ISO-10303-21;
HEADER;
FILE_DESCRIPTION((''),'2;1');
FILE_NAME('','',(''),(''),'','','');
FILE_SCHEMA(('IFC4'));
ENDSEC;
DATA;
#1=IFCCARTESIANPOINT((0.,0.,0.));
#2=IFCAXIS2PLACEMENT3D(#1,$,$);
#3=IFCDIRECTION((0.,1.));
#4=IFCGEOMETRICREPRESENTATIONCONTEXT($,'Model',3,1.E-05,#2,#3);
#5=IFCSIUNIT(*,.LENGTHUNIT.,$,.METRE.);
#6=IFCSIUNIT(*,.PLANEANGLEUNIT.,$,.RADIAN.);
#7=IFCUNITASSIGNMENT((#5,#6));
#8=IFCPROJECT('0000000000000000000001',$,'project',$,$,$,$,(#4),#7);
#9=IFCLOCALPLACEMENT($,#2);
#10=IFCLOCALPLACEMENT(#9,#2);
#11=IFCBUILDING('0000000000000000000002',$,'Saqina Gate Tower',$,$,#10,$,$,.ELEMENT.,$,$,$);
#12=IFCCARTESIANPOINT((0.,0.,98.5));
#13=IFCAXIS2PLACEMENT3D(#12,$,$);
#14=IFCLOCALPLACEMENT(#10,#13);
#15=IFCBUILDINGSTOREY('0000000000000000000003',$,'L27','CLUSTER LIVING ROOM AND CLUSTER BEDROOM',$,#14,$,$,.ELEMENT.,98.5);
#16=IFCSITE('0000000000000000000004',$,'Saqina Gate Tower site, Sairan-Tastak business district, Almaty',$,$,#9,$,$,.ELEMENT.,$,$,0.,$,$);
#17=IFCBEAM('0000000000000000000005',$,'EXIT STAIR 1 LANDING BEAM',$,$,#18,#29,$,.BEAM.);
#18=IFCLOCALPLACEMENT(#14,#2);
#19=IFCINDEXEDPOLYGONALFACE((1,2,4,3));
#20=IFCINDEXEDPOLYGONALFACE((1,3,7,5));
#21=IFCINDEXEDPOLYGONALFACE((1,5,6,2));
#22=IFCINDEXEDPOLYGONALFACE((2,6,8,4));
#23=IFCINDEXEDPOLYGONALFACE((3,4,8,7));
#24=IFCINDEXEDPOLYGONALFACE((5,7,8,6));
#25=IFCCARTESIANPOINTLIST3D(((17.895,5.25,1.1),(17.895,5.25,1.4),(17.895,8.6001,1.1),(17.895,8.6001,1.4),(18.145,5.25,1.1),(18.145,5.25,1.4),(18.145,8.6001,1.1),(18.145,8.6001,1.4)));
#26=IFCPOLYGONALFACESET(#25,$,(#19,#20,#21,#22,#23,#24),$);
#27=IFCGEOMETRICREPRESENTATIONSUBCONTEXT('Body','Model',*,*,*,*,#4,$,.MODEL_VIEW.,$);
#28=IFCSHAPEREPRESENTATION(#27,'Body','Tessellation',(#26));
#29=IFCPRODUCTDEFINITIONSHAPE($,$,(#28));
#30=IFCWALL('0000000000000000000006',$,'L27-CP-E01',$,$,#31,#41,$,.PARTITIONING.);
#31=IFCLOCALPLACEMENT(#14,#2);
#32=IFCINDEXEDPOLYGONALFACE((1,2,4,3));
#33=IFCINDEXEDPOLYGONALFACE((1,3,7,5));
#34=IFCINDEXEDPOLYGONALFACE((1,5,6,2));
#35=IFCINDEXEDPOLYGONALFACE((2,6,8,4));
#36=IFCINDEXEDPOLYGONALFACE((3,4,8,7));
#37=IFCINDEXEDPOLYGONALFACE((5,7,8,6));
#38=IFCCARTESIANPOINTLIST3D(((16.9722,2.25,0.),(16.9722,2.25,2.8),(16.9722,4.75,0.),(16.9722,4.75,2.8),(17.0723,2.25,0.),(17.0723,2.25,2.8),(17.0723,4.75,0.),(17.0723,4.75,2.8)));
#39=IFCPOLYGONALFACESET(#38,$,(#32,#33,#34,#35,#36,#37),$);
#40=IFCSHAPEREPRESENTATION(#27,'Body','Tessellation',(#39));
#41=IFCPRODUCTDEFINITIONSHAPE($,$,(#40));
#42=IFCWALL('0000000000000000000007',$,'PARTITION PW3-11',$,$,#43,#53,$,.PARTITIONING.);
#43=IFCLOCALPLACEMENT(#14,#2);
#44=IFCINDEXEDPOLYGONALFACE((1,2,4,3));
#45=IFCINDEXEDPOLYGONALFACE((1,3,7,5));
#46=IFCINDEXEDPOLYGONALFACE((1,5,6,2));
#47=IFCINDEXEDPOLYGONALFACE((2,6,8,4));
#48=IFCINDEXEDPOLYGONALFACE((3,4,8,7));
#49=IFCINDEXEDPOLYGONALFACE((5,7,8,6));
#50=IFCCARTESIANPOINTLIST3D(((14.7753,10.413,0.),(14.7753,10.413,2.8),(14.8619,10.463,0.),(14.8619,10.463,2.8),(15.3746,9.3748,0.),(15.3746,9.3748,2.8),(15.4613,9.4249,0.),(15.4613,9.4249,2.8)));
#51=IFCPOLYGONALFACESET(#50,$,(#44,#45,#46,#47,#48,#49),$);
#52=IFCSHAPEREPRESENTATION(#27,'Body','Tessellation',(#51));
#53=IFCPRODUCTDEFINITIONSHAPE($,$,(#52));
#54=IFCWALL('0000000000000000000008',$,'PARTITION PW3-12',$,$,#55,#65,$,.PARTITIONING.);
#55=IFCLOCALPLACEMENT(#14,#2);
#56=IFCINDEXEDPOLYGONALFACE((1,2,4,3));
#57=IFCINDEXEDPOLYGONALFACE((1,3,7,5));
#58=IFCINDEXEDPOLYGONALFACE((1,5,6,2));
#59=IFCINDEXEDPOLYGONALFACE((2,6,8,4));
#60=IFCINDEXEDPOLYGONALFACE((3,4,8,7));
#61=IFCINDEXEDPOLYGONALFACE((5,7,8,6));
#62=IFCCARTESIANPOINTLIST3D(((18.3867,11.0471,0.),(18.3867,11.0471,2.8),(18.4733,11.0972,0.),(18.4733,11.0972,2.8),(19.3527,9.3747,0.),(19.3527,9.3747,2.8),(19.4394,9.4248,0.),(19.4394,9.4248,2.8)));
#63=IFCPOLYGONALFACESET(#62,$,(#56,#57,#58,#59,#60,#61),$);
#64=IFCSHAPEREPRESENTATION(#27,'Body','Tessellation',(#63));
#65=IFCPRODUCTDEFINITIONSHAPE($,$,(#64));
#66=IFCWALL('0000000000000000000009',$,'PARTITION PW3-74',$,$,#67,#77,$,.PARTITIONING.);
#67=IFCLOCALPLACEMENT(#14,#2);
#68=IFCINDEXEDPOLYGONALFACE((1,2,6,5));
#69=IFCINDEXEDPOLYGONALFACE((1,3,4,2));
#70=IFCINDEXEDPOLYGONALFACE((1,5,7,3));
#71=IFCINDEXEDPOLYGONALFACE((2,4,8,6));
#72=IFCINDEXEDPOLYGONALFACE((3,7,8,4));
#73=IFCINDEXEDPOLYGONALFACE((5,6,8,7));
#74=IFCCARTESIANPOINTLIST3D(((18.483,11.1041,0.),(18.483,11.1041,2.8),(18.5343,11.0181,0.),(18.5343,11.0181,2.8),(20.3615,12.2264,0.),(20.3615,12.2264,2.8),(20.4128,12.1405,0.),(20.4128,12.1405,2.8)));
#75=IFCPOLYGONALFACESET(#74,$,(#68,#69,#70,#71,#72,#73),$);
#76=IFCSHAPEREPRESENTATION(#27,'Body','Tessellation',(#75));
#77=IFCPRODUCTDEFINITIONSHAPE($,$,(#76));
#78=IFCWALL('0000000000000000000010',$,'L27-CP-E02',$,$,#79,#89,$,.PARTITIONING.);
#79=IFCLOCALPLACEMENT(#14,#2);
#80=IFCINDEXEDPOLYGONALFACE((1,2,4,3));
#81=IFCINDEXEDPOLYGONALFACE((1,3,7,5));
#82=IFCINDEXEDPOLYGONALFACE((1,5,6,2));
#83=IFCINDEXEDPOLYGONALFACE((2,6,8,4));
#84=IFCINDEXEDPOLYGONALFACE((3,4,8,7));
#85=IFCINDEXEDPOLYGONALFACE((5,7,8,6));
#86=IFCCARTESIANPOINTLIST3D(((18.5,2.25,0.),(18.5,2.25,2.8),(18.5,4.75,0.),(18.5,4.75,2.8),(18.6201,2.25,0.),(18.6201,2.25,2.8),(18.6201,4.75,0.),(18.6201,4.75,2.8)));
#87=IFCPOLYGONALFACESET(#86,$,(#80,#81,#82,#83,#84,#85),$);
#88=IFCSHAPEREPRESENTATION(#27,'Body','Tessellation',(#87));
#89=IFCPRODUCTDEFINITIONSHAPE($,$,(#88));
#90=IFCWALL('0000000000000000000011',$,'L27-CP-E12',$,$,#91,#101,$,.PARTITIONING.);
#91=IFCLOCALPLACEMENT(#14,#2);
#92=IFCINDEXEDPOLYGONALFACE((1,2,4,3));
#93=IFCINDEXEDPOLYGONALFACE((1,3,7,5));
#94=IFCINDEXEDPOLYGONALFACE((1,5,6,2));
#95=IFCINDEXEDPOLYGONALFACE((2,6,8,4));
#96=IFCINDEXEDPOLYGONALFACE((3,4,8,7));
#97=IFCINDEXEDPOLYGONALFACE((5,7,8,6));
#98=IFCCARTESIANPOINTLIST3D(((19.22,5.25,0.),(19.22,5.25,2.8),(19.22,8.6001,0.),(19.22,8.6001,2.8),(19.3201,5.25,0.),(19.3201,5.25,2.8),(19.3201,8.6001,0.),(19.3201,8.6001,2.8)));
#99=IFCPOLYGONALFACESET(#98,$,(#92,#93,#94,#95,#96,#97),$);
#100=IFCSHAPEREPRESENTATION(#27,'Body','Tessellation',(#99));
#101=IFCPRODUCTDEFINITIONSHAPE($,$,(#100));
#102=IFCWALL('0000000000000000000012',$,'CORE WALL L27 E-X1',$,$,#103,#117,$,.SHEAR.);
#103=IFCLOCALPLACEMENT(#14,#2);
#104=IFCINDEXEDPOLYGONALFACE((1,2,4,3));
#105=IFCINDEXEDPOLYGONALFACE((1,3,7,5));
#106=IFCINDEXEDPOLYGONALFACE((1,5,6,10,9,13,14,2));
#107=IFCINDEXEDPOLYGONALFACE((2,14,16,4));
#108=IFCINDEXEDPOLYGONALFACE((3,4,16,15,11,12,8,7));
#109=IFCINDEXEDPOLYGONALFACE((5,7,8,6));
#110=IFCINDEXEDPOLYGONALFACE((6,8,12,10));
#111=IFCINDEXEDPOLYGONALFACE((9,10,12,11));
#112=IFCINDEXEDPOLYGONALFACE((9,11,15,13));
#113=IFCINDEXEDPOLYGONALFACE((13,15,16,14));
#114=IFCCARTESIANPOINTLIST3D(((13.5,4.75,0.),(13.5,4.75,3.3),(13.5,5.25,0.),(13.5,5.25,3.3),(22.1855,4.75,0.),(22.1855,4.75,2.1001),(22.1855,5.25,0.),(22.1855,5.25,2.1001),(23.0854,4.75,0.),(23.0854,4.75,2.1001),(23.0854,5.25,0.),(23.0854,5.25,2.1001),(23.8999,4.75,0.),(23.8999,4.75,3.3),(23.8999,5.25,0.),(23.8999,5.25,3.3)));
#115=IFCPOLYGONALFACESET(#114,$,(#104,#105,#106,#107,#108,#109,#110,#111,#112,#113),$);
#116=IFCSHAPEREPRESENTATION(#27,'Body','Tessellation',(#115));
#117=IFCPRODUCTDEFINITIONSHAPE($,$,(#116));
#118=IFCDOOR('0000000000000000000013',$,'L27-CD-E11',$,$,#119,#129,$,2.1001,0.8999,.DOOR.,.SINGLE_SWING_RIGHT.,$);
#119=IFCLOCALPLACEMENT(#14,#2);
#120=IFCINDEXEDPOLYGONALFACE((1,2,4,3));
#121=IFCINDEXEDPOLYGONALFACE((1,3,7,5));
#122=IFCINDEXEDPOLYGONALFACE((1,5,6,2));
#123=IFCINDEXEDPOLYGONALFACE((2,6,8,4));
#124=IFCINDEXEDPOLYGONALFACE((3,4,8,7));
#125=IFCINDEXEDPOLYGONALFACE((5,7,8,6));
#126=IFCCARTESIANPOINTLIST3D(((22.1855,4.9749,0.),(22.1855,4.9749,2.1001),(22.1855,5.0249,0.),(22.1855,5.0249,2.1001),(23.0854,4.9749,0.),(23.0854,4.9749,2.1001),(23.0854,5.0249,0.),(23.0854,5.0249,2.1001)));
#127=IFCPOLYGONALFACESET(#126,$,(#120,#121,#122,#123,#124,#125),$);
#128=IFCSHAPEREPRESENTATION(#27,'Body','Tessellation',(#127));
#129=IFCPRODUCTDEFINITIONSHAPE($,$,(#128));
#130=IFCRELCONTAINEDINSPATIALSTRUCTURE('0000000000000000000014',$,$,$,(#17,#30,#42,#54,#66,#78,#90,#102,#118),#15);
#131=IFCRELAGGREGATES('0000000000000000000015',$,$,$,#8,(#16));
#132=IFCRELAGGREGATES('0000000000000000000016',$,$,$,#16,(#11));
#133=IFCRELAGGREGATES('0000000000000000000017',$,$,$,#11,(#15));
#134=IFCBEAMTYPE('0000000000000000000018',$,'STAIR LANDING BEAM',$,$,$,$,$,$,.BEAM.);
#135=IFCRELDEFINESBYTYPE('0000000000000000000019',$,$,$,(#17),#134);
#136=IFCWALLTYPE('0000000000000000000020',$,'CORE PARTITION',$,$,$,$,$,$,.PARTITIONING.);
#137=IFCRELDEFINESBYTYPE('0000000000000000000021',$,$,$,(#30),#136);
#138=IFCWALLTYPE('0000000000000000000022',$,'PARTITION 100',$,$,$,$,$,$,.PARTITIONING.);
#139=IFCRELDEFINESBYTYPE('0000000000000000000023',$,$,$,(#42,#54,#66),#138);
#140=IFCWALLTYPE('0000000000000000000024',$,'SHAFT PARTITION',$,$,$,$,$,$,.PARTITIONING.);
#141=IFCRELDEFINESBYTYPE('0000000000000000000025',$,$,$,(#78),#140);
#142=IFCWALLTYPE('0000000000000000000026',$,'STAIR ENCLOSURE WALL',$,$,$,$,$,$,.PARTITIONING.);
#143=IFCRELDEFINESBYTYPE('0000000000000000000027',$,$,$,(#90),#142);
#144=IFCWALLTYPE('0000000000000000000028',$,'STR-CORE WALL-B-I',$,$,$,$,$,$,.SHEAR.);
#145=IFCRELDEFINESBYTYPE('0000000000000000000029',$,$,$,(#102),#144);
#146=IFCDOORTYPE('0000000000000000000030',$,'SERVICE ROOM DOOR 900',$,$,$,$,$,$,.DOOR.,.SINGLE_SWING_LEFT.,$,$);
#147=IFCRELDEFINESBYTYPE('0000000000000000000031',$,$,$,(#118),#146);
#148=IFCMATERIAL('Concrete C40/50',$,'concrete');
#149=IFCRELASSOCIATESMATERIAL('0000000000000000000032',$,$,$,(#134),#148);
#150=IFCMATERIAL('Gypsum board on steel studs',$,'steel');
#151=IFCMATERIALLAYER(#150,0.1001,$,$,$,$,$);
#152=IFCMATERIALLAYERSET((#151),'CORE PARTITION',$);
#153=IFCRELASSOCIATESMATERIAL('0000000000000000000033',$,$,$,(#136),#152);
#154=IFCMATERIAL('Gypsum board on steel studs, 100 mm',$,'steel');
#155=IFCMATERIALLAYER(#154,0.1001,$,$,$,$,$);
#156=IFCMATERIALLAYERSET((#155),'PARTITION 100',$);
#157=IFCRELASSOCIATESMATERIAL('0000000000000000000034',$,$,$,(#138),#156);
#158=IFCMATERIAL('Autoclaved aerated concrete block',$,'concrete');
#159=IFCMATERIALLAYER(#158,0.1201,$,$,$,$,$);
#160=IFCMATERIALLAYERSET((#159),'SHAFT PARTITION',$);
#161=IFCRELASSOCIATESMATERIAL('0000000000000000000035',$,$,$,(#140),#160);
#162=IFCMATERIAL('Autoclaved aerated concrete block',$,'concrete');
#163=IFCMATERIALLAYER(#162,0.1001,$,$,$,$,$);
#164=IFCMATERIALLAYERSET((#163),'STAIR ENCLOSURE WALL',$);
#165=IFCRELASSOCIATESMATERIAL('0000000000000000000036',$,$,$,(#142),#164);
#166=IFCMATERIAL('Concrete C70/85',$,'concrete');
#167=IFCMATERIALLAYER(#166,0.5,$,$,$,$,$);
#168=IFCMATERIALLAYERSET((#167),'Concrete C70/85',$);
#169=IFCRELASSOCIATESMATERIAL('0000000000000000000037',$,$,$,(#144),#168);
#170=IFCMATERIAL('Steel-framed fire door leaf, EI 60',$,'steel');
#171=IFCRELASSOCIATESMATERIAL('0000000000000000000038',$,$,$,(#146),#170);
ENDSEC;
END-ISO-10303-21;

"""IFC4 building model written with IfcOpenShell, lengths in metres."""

from ifc_helpers import new_model, si_unit, direction, frame, frame_2d, origin, origin_2d, place, context, subcontext, project, spatial, rectangle, extrude, material, layer, layer_set, material_profile, profile_set, type_object, element, fill, save


model = new_model("IFC4")

# Units and contexts
model_context = context("Model", 3, precision=1e-05, world=origin(), true_north=direction((0.0, 1.0)))
body_context = subcontext(model_context, "Body", "Model", "MODEL_VIEW")
ifc_project = project(units=[si_unit("LENGTHUNIT", "METRE"), si_unit("PLANEANGLEUNIT", "RADIAN")], contexts=[model_context])

# Site, building, storey
site_placement = place(None, origin())
site = spatial("IfcSite", under=ifc_project, at=site_placement, Name="Saqina Gate Tower site, Sairan-Tastak business district, Almaty", CompositionType="ELEMENT", RefElevation=0.0)
building_placement = place(site_placement, origin())
building = spatial("IfcBuilding", under=site, at=building_placement, Name="Saqina Gate Tower", CompositionType="ELEMENT")
storey_placement = place(building_placement, frame((0.0, 0.0, 98.5)))
storey = spatial("IfcBuildingStorey", under=building, at=storey_placement, Name="L27", Description="CLUSTER LIVING ROOM AND CLUSTER BEDROOM", CompositionType="ELEMENT", Elevation=98.5)

# Beam
ifc_material_1 = material(Name="Concrete C40/50", Category="concrete")
ifc_material_profile = material_profile(ifc_material_1, rectangle(XDim=0.25, YDim=0.3, at=origin_2d()), Name="STAIR LANDING BEAM")
ifc_profile_set = profile_set([ifc_material_profile], Name="Concrete C40/50")
beam_type = type_object("IfcBeamType", Name="STAIR LANDING BEAM", PredefinedType="BEAM", material=ifc_profile_set)
beam_placement = place(storey_placement, frame((18.02, 5.25, 1.25), z_axis=(0.0, 1.0, 0.0), x_axis=(-1.0, 0.0, 0.0)))
element("IfcBeam", 1, at=beam_placement, inside=storey, type_object=beam_type, Name="EXIT STAIR 1 LANDING BEAM", PredefinedType="BEAM", context=body_context, shape_type="SweptSolid", body=[
    extrude(rectangle(XDim=0.25, YDim=0.3, at=origin_2d()), origin(), (0.0, 0.0, 1.0), 3.3501),
])

# Walls
ifc_material_2 = material(Name="Gypsum board on steel studs", Category="steel")
ifc_layer_1 = layer(ifc_material_2, 0.1001)
ifc_layer_set_1 = layer_set([ifc_layer_1], Name="CORE PARTITION")
wall_type_1 = type_object("IfcWallType", Name="CORE PARTITION", PredefinedType="PARTITIONING", material=ifc_layer_set_1)
wall_1_placement = place(storey_placement, frame((17.0222, 2.25, 0.0), z_axis=(0.0, 0.0, 1.0), x_axis=(0.0, 1.0, 0.0)))
element("IfcWall", 2, at=wall_1_placement, inside=storey, type_object=wall_type_1, Name="L27-CP-E01", PredefinedType="PARTITIONING", context=body_context, shape_type="SweptSolid", body=[
    extrude(rectangle(XDim=2.5, YDim=0.1001, at=frame_2d((1.25, 0.0))), origin(), (0.0, 0.0, 1.0), 2.8),
])
ifc_material_3 = material(Name="Gypsum board on steel studs, 100 mm", Category="steel")
ifc_layer_2 = layer(ifc_material_3, 0.1001)
ifc_layer_set_2 = layer_set([ifc_layer_2], Name="PARTITION 100")
wall_type_2 = type_object("IfcWallType", Name="PARTITION 100", PredefinedType="PARTITIONING", material=ifc_layer_set_2)
wall_2_placement = place(storey_placement, frame((14.8186, 10.438, 0.0), z_axis=(0.0, 0.0, 1.0), x_axis=(0.500016, -0.866016, 0.0)))
element("IfcWall", 3, at=wall_2_placement, inside=storey, type_object=wall_type_2, Name="PARTITION PW3-11", PredefinedType="PARTITIONING", context=body_context, shape_type="SweptSolid", body=[
    extrude(rectangle(XDim=1.1987, YDim=0.1001, at=frame_2d((0.5994, 0.0))), origin(), (0.0, 0.0, 1.0), 2.8),
])
wall_3_placement = place(storey_placement, frame((18.4299, 11.0723, 0.0), z_axis=(0.0, 0.0, 1.0), x_axis=(0.500204, -0.865908, 0.0)))
element("IfcWall", 4, at=wall_3_placement, inside=storey, type_object=wall_type_2, Name="PARTITION PW3-12", PredefinedType="PARTITIONING", context=body_context, shape_type="SweptSolid", body=[
    extrude(rectangle(XDim=1.9314, YDim=0.1001, at=frame_2d((0.9658, 0.0))), origin(), (0.0, 0.0, 1.0), 2.8),
])
wall_4_placement = place(storey_placement, frame((18.5085, 11.061, 0.0), z_axis=(0.0, 0.0, 1.0), x_axis=(0.858446, 0.512903, 0.0)))
element("IfcWall", 5, at=wall_4_placement, inside=storey, type_object=wall_type_2, Name="PARTITION PW3-74", PredefinedType="PARTITIONING", context=body_context, shape_type="SweptSolid", body=[
    extrude(rectangle(XDim=2.1882, YDim=0.1001, at=frame_2d((1.0942, 0.0))), origin(), (0.0, 0.0, 1.0), 2.8),
])
ifc_material_4 = material(Name="Autoclaved aerated concrete block", Category="concrete")
ifc_layer_3 = layer(ifc_material_4, 0.1201)
ifc_layer_set_3 = layer_set([ifc_layer_3], Name="SHAFT PARTITION")
wall_type_3 = type_object("IfcWallType", Name="SHAFT PARTITION", PredefinedType="PARTITIONING", material=ifc_layer_set_3)
wall_5_placement = place(storey_placement, frame((18.5601, 2.25, 0.0), z_axis=(0.0, 0.0, 1.0), x_axis=(0.0, 1.0, 0.0)))
element("IfcWall", 6, at=wall_5_placement, inside=storey, type_object=wall_type_3, Name="L27-CP-E02", PredefinedType="PARTITIONING", context=body_context, shape_type="SweptSolid", body=[
    extrude(rectangle(XDim=2.5, YDim=0.1201, at=frame_2d((1.25, 0.0))), origin(), (0.0, 0.0, 1.0), 2.8),
])
ifc_material_5 = material(Name="Autoclaved aerated concrete block", Category="concrete")
ifc_layer_4 = layer(ifc_material_5, 0.1001)
ifc_layer_set_4 = layer_set([ifc_layer_4], Name="STAIR ENCLOSURE WALL")
wall_type_4 = type_object("IfcWallType", Name="STAIR ENCLOSURE WALL", PredefinedType="PARTITIONING", material=ifc_layer_set_4)
wall_6_placement = place(storey_placement, frame((19.27, 5.25, 0.0), z_axis=(0.0, 0.0, 1.0), x_axis=(0.0, 1.0, 0.0)))
element("IfcWall", 7, at=wall_6_placement, inside=storey, type_object=wall_type_4, Name="L27-CP-E12", PredefinedType="PARTITIONING", context=body_context, shape_type="SweptSolid", body=[
    extrude(rectangle(XDim=3.3501, YDim=0.1001, at=frame_2d((1.675, 0.0))), origin(), (0.0, 0.0, 1.0), 2.8),
])

# Wall, opening, door
ifc_material_6 = material(Name="Concrete C70/85", Category="concrete")
ifc_layer_5 = layer(ifc_material_6, 0.5)
ifc_layer_set_5 = layer_set([ifc_layer_5], Name="Concrete C70/85")
wall_type_5 = type_object("IfcWallType", Name="STR-CORE WALL-B-I", PredefinedType="SHEAR", material=ifc_layer_set_5)
wall_7_placement = place(storey_placement, frame((13.5, 5.0, 0.0), z_axis=(0.0, 0.0, 1.0), x_axis=(1.0, 0.0, 0.0)))
wall_7 = element("IfcWall", 8, at=wall_7_placement, inside=storey, type_object=wall_type_5, Name="CORE WALL L27 E-X1", PredefinedType="SHEAR", context=body_context, shape_type="SweptSolid", body=[
    extrude(rectangle(XDim=10.3999, YDim=0.5, at=frame_2d((5.2, 0.0))), origin(), (0.0, 0.0, 1.0), 3.3),
])
opening_1_placement = place(wall_7_placement, frame((8.6855, 0.0, 0.0)))
opening_1 = element("IfcOpeningElement", 9, at=opening_1_placement, cuts=wall_7, PredefinedType="OPENING", context=body_context, shape_type="SweptSolid", body=[
    extrude(rectangle(XDim=0.8999, YDim=2.1001, at=frame_2d((0.45, 1.05))), frame((0.0, 0.262, 0.0), z_axis=(0.0, -1.0, 0.0), x_axis=(1.0, 0.0, 0.0)), (0.0, 0.0, 1.0), 0.5239),
])
ifc_material_7 = material(Name="Steel-framed fire door leaf, EI 60", Category="steel")
door_type_1 = type_object("IfcDoorType", Name="SERVICE ROOM DOOR 900", OperationType="SINGLE_SWING_LEFT", PredefinedType="DOOR", material=ifc_material_7)
door_1_placement = place(opening_1_placement, origin())
door_1 = element("IfcDoor", 10, at=door_1_placement, inside=storey, type_object=door_type_1, Name="L27-CD-E11", OperationType="SINGLE_SWING_RIGHT", OverallHeight=2.1001, OverallWidth=0.8999, PredefinedType="DOOR", context=body_context, shape_type="SweptSolid", body=[
    extrude(rectangle(XDim=0.8999, YDim=2.1001, at=frame_2d((0.45, 1.05))), frame((0.0, 0.0249, 0.0), z_axis=(0.0, -1.0, 0.0), x_axis=(1.0, 0.0, 0.0)), (0.0, 0.0, 1.0), 0.05),
])
fill(opening_1, door_1)

save(model, "model.ifc")
